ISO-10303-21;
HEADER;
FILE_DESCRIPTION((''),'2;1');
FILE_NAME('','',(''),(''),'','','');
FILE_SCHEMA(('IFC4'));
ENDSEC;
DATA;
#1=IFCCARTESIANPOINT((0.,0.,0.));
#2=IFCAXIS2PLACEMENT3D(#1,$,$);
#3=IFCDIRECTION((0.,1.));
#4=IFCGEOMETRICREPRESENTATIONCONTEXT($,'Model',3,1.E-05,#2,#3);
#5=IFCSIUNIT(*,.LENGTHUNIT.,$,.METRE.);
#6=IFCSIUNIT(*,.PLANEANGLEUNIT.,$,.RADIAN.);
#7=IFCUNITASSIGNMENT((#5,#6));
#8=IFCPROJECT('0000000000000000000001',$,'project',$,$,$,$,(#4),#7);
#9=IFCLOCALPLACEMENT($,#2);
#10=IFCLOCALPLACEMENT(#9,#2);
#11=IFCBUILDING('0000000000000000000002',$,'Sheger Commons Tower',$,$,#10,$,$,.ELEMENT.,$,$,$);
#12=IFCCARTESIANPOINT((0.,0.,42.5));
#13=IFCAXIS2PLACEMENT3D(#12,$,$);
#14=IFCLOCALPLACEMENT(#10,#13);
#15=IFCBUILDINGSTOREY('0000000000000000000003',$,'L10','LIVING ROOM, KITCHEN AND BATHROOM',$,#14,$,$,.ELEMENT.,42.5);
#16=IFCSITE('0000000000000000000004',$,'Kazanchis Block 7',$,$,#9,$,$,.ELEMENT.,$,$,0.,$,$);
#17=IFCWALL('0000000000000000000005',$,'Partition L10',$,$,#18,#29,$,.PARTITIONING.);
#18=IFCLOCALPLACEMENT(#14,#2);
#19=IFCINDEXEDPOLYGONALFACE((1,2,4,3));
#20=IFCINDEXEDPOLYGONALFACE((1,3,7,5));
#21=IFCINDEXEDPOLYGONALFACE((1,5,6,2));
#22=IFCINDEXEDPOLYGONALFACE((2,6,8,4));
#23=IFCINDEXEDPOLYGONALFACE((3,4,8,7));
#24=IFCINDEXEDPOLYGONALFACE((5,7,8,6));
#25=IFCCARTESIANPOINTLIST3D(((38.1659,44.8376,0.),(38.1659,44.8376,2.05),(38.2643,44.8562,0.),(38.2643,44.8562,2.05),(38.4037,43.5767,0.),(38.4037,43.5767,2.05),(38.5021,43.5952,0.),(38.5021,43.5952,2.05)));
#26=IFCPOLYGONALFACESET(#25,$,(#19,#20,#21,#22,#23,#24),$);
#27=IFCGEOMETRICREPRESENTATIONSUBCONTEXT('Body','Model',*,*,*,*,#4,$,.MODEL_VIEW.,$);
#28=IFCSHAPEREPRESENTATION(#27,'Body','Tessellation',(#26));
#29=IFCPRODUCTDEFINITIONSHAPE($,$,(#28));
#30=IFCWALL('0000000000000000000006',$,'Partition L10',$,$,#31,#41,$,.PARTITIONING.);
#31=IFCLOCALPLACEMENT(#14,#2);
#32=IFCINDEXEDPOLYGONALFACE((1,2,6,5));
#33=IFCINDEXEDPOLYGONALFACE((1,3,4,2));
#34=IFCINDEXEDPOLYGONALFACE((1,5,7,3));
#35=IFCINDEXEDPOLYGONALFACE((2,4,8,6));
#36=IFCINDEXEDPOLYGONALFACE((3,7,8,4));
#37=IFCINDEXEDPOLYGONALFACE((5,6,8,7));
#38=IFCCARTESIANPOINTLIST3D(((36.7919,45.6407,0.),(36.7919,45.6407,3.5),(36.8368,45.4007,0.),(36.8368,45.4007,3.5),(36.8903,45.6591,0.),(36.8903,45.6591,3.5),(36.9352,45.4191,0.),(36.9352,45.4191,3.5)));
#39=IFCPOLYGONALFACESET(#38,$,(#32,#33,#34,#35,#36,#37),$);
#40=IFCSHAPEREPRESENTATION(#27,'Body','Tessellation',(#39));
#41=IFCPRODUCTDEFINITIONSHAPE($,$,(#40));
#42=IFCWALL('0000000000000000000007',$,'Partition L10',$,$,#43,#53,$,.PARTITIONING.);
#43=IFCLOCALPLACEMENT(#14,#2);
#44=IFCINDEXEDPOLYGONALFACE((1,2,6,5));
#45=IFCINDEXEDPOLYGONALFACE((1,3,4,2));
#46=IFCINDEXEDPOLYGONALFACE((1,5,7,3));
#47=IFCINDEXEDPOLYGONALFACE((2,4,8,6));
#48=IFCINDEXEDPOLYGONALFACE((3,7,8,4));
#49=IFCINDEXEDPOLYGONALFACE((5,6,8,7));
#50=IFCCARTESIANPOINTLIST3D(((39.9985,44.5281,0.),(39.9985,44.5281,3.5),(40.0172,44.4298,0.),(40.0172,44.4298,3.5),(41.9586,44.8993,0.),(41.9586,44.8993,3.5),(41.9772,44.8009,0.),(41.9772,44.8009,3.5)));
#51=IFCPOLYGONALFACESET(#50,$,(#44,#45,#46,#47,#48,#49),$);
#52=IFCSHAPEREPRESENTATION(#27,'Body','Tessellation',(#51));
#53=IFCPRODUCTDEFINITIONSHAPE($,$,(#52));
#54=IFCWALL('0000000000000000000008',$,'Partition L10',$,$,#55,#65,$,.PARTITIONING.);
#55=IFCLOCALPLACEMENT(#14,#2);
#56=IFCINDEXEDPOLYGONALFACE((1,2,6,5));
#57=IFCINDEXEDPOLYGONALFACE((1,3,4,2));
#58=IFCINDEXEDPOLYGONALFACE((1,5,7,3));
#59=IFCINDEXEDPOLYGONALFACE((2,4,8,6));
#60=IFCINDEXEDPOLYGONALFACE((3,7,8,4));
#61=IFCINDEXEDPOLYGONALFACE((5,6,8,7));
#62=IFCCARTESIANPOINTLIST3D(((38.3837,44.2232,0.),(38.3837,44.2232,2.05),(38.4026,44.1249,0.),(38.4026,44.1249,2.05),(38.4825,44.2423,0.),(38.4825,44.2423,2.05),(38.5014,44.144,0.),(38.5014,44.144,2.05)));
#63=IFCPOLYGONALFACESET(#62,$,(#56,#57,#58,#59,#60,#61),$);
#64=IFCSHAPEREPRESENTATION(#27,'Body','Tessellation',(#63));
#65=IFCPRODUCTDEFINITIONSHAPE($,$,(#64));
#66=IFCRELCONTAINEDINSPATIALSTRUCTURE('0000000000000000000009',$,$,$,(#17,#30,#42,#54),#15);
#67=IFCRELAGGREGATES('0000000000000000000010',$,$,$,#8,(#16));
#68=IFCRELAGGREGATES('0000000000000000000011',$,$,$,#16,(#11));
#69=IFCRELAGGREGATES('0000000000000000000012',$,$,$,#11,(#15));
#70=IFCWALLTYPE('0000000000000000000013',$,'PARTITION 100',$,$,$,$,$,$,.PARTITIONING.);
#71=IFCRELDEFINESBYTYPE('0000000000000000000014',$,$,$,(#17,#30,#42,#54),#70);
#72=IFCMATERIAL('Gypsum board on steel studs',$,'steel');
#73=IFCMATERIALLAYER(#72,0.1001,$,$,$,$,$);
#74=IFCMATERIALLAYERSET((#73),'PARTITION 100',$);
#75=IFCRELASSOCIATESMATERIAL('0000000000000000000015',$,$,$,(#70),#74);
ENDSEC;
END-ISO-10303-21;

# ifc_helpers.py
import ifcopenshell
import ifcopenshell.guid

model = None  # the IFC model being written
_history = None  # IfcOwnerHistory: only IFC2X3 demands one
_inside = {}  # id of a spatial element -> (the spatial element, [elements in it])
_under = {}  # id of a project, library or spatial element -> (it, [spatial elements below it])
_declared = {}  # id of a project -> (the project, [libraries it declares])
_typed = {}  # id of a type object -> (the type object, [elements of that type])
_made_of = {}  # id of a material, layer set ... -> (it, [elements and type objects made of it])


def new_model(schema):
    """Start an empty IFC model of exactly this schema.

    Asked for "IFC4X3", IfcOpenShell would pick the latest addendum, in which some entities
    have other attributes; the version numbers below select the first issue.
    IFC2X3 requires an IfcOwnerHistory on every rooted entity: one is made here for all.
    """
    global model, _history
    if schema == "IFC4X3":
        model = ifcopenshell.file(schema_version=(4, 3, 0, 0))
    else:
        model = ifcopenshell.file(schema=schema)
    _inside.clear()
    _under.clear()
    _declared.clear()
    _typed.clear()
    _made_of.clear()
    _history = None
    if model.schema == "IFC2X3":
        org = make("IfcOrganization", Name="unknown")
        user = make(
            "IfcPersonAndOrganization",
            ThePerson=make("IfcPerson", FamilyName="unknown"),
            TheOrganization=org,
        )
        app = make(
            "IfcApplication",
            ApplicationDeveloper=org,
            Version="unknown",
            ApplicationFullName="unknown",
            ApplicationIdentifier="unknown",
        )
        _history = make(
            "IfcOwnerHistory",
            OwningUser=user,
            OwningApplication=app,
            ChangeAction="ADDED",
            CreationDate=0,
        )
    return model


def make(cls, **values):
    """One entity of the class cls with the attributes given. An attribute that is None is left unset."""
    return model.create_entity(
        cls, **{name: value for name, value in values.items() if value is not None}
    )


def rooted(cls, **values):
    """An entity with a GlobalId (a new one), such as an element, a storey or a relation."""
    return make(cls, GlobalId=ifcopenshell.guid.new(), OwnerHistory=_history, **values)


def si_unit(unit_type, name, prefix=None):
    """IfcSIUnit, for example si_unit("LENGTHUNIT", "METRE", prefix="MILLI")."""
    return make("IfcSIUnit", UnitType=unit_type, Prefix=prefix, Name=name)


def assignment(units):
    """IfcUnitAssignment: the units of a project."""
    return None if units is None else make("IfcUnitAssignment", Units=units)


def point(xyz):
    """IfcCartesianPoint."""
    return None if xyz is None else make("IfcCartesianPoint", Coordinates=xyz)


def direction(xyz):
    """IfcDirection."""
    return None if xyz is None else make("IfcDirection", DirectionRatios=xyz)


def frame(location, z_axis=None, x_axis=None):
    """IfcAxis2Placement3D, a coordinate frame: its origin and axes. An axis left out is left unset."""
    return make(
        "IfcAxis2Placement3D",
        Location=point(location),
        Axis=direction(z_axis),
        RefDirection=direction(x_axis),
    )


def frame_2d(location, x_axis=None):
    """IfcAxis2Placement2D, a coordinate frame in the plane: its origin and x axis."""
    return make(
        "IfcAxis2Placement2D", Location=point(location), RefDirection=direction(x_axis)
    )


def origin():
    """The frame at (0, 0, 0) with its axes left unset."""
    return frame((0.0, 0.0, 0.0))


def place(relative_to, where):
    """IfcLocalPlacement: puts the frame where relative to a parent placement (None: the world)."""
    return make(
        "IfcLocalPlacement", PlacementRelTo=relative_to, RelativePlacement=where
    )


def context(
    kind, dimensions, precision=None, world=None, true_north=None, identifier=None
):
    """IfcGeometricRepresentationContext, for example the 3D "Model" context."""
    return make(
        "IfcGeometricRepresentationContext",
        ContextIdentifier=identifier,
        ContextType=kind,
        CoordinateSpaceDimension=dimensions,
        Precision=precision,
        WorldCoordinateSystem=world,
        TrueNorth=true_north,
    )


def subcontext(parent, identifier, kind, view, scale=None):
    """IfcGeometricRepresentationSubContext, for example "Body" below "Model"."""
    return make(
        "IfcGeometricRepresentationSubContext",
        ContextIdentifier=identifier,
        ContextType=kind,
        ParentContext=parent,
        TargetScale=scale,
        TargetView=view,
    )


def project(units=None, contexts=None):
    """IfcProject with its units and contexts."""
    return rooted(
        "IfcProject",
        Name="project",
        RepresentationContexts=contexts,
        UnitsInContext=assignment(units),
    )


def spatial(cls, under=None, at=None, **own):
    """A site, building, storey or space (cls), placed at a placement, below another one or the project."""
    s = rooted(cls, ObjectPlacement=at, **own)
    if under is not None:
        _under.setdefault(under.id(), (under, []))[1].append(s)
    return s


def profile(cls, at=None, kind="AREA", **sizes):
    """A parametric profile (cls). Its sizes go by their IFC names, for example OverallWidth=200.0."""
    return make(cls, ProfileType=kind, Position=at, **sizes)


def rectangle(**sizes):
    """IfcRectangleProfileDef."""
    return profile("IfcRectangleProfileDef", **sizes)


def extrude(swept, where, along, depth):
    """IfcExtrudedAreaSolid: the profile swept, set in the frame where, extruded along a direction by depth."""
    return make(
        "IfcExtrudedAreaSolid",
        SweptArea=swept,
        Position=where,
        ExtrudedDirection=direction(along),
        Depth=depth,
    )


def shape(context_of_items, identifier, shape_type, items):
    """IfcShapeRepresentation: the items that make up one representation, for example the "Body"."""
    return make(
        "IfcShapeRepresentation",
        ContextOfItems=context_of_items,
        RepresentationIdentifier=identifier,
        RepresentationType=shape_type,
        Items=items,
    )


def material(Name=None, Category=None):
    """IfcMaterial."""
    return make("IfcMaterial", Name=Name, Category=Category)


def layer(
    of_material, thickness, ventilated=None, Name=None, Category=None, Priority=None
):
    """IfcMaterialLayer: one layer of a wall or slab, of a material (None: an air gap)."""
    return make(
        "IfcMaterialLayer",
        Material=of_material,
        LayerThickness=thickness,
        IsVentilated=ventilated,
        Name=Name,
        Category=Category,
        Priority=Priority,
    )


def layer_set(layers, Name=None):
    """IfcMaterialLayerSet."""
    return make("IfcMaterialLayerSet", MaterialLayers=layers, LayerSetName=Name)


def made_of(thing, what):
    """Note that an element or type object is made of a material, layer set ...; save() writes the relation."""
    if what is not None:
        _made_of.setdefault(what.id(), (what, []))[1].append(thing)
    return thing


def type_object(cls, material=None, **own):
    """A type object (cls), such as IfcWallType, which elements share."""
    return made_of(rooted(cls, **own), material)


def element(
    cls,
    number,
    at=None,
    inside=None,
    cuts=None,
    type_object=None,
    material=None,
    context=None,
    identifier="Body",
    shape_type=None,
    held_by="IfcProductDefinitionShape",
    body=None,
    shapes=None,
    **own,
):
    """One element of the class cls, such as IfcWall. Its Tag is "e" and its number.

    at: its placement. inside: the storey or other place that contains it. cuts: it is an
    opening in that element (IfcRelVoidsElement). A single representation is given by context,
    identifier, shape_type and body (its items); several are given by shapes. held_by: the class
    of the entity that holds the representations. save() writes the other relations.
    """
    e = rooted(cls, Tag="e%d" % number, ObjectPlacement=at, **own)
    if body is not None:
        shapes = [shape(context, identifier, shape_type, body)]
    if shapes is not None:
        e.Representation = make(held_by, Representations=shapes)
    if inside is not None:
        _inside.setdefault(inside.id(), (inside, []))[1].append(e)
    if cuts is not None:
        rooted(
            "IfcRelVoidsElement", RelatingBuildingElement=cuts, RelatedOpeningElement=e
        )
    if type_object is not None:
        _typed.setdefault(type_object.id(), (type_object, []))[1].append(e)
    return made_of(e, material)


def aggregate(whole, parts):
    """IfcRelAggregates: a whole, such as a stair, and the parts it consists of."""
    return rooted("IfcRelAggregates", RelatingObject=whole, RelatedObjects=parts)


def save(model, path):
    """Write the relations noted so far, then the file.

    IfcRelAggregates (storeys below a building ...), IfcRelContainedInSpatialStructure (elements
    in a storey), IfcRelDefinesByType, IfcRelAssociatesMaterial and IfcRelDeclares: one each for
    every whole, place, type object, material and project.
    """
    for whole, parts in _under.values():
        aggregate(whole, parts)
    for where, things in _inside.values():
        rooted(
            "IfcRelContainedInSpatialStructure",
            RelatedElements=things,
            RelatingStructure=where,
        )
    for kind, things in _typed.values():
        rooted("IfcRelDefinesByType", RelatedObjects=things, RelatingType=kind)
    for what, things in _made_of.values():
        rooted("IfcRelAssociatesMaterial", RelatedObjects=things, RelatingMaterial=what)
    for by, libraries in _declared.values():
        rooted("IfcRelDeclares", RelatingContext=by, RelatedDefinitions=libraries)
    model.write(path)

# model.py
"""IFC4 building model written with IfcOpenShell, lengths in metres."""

from ifc_helpers import new_model, si_unit, direction, frame, frame_2d, origin, place, context, subcontext, project, spatial, rectangle, extrude, material, layer, layer_set, type_object, element, save


model = new_model("IFC4")

# Units and contexts
model_context = context("Model", 3, precision=1e-05, world=origin(), true_north=direction((0.0, 1.0)))
body_context = subcontext(model_context, "Body", "Model", "MODEL_VIEW")
ifc_project = project(units=[si_unit("LENGTHUNIT", "METRE"), si_unit("PLANEANGLEUNIT", "RADIAN")], contexts=[model_context])

# Site, building, storey
site_placement = place(None, origin())
site = spatial("IfcSite", under=ifc_project, at=site_placement, Name="Kazanchis Block 7", CompositionType="ELEMENT", RefElevation=0.0)
building_placement = place(site_placement, origin())
building = spatial("IfcBuilding", under=site, at=building_placement, Name="Sheger Commons Tower", CompositionType="ELEMENT")
storey_placement = place(building_placement, frame((0.0, 0.0, 42.5)))
storey = spatial("IfcBuildingStorey", under=building, at=storey_placement, Name="L10", Description="LIVING ROOM, KITCHEN AND BATHROOM", CompositionType="ELEMENT", Elevation=42.5)

# Walls
ifc_material_1 = material(Name="Gypsum board on steel studs", Category="steel")
ifc_layer_1 = layer(ifc_material_1, 0.1001)
ifc_layer_set_1 = layer_set([ifc_layer_1], Name="PARTITION 100")
wall_type_1 = type_object("IfcWallType", Name="PARTITION 100", PredefinedType="PARTITIONING", material=ifc_layer_set_1)
wall_1_placement = place(storey_placement, frame((38.2151, 44.8469, 0.0), z_axis=(0.0, 0.0, 1.0), x_axis=(0.185311, -0.98268, 0.0)))
element("IfcWall", 1, at=wall_1_placement, inside=storey, type_object=wall_type_1, Name="Partition L10", PredefinedType="PARTITIONING", context=body_context, shape_type="SweptSolid", body=[
    extrude(rectangle(XDim=1.2832, YDim=0.1001, at=frame_2d((0.6416, 0.0))), origin(), (0.0, 0.0, 1.0), 2.05),
])
wall_2_placement = place(storey_placement, frame((36.8411, 45.6499, 0.0), z_axis=(0.0, 0.0, 1.0), x_axis=(0.183987, -0.982929, 0.0)))
element("IfcWall", 2, at=wall_2_placement, inside=storey, type_object=wall_type_1, Name="Partition L10", PredefinedType="PARTITIONING", context=body_context, shape_type="SweptSolid", body=[
    extrude(rectangle(XDim=0.2441, YDim=0.1001, at=frame_2d((0.1221, 0.0))), origin(), (0.0, 0.0, 1.0), 3.5),
])
wall_3_placement = place(storey_placement, frame((41.968, 44.8501, 0.0), z_axis=(0.0, 0.0, 1.0), x_axis=(-0.982544, -0.186032, 0.0)))
element("IfcWall", 3, at=wall_3_placement, inside=storey, type_object=wall_type_1, Name="Partition L10", PredefinedType="PARTITIONING", context=body_context, shape_type="SweptSolid", body=[
    extrude(rectangle(XDim=1.9949, YDim=0.1001, at=frame_2d((0.9976, 0.0))), origin(), (0.0, 0.0, 1.0), 3.5),
])
wall_4_placement = place(storey_placement, frame((38.4919, 44.1931, 0.0), z_axis=(0.0, 0.0, 1.0), x_axis=(-0.981955, -0.189117, 0.0)))
element("IfcWall", 4, at=wall_4_placement, inside=storey, type_object=wall_type_1, Name="Partition L10", PredefinedType="PARTITIONING", context=body_context, shape_type="SweptSolid", body=[
    extrude(rectangle(XDim=0.1006, YDim=0.1001, at=frame_2d((0.0503, 0.0))), origin(), (0.0, 0.0, 1.0), 2.05),
])

save(model, "model.ifc")
